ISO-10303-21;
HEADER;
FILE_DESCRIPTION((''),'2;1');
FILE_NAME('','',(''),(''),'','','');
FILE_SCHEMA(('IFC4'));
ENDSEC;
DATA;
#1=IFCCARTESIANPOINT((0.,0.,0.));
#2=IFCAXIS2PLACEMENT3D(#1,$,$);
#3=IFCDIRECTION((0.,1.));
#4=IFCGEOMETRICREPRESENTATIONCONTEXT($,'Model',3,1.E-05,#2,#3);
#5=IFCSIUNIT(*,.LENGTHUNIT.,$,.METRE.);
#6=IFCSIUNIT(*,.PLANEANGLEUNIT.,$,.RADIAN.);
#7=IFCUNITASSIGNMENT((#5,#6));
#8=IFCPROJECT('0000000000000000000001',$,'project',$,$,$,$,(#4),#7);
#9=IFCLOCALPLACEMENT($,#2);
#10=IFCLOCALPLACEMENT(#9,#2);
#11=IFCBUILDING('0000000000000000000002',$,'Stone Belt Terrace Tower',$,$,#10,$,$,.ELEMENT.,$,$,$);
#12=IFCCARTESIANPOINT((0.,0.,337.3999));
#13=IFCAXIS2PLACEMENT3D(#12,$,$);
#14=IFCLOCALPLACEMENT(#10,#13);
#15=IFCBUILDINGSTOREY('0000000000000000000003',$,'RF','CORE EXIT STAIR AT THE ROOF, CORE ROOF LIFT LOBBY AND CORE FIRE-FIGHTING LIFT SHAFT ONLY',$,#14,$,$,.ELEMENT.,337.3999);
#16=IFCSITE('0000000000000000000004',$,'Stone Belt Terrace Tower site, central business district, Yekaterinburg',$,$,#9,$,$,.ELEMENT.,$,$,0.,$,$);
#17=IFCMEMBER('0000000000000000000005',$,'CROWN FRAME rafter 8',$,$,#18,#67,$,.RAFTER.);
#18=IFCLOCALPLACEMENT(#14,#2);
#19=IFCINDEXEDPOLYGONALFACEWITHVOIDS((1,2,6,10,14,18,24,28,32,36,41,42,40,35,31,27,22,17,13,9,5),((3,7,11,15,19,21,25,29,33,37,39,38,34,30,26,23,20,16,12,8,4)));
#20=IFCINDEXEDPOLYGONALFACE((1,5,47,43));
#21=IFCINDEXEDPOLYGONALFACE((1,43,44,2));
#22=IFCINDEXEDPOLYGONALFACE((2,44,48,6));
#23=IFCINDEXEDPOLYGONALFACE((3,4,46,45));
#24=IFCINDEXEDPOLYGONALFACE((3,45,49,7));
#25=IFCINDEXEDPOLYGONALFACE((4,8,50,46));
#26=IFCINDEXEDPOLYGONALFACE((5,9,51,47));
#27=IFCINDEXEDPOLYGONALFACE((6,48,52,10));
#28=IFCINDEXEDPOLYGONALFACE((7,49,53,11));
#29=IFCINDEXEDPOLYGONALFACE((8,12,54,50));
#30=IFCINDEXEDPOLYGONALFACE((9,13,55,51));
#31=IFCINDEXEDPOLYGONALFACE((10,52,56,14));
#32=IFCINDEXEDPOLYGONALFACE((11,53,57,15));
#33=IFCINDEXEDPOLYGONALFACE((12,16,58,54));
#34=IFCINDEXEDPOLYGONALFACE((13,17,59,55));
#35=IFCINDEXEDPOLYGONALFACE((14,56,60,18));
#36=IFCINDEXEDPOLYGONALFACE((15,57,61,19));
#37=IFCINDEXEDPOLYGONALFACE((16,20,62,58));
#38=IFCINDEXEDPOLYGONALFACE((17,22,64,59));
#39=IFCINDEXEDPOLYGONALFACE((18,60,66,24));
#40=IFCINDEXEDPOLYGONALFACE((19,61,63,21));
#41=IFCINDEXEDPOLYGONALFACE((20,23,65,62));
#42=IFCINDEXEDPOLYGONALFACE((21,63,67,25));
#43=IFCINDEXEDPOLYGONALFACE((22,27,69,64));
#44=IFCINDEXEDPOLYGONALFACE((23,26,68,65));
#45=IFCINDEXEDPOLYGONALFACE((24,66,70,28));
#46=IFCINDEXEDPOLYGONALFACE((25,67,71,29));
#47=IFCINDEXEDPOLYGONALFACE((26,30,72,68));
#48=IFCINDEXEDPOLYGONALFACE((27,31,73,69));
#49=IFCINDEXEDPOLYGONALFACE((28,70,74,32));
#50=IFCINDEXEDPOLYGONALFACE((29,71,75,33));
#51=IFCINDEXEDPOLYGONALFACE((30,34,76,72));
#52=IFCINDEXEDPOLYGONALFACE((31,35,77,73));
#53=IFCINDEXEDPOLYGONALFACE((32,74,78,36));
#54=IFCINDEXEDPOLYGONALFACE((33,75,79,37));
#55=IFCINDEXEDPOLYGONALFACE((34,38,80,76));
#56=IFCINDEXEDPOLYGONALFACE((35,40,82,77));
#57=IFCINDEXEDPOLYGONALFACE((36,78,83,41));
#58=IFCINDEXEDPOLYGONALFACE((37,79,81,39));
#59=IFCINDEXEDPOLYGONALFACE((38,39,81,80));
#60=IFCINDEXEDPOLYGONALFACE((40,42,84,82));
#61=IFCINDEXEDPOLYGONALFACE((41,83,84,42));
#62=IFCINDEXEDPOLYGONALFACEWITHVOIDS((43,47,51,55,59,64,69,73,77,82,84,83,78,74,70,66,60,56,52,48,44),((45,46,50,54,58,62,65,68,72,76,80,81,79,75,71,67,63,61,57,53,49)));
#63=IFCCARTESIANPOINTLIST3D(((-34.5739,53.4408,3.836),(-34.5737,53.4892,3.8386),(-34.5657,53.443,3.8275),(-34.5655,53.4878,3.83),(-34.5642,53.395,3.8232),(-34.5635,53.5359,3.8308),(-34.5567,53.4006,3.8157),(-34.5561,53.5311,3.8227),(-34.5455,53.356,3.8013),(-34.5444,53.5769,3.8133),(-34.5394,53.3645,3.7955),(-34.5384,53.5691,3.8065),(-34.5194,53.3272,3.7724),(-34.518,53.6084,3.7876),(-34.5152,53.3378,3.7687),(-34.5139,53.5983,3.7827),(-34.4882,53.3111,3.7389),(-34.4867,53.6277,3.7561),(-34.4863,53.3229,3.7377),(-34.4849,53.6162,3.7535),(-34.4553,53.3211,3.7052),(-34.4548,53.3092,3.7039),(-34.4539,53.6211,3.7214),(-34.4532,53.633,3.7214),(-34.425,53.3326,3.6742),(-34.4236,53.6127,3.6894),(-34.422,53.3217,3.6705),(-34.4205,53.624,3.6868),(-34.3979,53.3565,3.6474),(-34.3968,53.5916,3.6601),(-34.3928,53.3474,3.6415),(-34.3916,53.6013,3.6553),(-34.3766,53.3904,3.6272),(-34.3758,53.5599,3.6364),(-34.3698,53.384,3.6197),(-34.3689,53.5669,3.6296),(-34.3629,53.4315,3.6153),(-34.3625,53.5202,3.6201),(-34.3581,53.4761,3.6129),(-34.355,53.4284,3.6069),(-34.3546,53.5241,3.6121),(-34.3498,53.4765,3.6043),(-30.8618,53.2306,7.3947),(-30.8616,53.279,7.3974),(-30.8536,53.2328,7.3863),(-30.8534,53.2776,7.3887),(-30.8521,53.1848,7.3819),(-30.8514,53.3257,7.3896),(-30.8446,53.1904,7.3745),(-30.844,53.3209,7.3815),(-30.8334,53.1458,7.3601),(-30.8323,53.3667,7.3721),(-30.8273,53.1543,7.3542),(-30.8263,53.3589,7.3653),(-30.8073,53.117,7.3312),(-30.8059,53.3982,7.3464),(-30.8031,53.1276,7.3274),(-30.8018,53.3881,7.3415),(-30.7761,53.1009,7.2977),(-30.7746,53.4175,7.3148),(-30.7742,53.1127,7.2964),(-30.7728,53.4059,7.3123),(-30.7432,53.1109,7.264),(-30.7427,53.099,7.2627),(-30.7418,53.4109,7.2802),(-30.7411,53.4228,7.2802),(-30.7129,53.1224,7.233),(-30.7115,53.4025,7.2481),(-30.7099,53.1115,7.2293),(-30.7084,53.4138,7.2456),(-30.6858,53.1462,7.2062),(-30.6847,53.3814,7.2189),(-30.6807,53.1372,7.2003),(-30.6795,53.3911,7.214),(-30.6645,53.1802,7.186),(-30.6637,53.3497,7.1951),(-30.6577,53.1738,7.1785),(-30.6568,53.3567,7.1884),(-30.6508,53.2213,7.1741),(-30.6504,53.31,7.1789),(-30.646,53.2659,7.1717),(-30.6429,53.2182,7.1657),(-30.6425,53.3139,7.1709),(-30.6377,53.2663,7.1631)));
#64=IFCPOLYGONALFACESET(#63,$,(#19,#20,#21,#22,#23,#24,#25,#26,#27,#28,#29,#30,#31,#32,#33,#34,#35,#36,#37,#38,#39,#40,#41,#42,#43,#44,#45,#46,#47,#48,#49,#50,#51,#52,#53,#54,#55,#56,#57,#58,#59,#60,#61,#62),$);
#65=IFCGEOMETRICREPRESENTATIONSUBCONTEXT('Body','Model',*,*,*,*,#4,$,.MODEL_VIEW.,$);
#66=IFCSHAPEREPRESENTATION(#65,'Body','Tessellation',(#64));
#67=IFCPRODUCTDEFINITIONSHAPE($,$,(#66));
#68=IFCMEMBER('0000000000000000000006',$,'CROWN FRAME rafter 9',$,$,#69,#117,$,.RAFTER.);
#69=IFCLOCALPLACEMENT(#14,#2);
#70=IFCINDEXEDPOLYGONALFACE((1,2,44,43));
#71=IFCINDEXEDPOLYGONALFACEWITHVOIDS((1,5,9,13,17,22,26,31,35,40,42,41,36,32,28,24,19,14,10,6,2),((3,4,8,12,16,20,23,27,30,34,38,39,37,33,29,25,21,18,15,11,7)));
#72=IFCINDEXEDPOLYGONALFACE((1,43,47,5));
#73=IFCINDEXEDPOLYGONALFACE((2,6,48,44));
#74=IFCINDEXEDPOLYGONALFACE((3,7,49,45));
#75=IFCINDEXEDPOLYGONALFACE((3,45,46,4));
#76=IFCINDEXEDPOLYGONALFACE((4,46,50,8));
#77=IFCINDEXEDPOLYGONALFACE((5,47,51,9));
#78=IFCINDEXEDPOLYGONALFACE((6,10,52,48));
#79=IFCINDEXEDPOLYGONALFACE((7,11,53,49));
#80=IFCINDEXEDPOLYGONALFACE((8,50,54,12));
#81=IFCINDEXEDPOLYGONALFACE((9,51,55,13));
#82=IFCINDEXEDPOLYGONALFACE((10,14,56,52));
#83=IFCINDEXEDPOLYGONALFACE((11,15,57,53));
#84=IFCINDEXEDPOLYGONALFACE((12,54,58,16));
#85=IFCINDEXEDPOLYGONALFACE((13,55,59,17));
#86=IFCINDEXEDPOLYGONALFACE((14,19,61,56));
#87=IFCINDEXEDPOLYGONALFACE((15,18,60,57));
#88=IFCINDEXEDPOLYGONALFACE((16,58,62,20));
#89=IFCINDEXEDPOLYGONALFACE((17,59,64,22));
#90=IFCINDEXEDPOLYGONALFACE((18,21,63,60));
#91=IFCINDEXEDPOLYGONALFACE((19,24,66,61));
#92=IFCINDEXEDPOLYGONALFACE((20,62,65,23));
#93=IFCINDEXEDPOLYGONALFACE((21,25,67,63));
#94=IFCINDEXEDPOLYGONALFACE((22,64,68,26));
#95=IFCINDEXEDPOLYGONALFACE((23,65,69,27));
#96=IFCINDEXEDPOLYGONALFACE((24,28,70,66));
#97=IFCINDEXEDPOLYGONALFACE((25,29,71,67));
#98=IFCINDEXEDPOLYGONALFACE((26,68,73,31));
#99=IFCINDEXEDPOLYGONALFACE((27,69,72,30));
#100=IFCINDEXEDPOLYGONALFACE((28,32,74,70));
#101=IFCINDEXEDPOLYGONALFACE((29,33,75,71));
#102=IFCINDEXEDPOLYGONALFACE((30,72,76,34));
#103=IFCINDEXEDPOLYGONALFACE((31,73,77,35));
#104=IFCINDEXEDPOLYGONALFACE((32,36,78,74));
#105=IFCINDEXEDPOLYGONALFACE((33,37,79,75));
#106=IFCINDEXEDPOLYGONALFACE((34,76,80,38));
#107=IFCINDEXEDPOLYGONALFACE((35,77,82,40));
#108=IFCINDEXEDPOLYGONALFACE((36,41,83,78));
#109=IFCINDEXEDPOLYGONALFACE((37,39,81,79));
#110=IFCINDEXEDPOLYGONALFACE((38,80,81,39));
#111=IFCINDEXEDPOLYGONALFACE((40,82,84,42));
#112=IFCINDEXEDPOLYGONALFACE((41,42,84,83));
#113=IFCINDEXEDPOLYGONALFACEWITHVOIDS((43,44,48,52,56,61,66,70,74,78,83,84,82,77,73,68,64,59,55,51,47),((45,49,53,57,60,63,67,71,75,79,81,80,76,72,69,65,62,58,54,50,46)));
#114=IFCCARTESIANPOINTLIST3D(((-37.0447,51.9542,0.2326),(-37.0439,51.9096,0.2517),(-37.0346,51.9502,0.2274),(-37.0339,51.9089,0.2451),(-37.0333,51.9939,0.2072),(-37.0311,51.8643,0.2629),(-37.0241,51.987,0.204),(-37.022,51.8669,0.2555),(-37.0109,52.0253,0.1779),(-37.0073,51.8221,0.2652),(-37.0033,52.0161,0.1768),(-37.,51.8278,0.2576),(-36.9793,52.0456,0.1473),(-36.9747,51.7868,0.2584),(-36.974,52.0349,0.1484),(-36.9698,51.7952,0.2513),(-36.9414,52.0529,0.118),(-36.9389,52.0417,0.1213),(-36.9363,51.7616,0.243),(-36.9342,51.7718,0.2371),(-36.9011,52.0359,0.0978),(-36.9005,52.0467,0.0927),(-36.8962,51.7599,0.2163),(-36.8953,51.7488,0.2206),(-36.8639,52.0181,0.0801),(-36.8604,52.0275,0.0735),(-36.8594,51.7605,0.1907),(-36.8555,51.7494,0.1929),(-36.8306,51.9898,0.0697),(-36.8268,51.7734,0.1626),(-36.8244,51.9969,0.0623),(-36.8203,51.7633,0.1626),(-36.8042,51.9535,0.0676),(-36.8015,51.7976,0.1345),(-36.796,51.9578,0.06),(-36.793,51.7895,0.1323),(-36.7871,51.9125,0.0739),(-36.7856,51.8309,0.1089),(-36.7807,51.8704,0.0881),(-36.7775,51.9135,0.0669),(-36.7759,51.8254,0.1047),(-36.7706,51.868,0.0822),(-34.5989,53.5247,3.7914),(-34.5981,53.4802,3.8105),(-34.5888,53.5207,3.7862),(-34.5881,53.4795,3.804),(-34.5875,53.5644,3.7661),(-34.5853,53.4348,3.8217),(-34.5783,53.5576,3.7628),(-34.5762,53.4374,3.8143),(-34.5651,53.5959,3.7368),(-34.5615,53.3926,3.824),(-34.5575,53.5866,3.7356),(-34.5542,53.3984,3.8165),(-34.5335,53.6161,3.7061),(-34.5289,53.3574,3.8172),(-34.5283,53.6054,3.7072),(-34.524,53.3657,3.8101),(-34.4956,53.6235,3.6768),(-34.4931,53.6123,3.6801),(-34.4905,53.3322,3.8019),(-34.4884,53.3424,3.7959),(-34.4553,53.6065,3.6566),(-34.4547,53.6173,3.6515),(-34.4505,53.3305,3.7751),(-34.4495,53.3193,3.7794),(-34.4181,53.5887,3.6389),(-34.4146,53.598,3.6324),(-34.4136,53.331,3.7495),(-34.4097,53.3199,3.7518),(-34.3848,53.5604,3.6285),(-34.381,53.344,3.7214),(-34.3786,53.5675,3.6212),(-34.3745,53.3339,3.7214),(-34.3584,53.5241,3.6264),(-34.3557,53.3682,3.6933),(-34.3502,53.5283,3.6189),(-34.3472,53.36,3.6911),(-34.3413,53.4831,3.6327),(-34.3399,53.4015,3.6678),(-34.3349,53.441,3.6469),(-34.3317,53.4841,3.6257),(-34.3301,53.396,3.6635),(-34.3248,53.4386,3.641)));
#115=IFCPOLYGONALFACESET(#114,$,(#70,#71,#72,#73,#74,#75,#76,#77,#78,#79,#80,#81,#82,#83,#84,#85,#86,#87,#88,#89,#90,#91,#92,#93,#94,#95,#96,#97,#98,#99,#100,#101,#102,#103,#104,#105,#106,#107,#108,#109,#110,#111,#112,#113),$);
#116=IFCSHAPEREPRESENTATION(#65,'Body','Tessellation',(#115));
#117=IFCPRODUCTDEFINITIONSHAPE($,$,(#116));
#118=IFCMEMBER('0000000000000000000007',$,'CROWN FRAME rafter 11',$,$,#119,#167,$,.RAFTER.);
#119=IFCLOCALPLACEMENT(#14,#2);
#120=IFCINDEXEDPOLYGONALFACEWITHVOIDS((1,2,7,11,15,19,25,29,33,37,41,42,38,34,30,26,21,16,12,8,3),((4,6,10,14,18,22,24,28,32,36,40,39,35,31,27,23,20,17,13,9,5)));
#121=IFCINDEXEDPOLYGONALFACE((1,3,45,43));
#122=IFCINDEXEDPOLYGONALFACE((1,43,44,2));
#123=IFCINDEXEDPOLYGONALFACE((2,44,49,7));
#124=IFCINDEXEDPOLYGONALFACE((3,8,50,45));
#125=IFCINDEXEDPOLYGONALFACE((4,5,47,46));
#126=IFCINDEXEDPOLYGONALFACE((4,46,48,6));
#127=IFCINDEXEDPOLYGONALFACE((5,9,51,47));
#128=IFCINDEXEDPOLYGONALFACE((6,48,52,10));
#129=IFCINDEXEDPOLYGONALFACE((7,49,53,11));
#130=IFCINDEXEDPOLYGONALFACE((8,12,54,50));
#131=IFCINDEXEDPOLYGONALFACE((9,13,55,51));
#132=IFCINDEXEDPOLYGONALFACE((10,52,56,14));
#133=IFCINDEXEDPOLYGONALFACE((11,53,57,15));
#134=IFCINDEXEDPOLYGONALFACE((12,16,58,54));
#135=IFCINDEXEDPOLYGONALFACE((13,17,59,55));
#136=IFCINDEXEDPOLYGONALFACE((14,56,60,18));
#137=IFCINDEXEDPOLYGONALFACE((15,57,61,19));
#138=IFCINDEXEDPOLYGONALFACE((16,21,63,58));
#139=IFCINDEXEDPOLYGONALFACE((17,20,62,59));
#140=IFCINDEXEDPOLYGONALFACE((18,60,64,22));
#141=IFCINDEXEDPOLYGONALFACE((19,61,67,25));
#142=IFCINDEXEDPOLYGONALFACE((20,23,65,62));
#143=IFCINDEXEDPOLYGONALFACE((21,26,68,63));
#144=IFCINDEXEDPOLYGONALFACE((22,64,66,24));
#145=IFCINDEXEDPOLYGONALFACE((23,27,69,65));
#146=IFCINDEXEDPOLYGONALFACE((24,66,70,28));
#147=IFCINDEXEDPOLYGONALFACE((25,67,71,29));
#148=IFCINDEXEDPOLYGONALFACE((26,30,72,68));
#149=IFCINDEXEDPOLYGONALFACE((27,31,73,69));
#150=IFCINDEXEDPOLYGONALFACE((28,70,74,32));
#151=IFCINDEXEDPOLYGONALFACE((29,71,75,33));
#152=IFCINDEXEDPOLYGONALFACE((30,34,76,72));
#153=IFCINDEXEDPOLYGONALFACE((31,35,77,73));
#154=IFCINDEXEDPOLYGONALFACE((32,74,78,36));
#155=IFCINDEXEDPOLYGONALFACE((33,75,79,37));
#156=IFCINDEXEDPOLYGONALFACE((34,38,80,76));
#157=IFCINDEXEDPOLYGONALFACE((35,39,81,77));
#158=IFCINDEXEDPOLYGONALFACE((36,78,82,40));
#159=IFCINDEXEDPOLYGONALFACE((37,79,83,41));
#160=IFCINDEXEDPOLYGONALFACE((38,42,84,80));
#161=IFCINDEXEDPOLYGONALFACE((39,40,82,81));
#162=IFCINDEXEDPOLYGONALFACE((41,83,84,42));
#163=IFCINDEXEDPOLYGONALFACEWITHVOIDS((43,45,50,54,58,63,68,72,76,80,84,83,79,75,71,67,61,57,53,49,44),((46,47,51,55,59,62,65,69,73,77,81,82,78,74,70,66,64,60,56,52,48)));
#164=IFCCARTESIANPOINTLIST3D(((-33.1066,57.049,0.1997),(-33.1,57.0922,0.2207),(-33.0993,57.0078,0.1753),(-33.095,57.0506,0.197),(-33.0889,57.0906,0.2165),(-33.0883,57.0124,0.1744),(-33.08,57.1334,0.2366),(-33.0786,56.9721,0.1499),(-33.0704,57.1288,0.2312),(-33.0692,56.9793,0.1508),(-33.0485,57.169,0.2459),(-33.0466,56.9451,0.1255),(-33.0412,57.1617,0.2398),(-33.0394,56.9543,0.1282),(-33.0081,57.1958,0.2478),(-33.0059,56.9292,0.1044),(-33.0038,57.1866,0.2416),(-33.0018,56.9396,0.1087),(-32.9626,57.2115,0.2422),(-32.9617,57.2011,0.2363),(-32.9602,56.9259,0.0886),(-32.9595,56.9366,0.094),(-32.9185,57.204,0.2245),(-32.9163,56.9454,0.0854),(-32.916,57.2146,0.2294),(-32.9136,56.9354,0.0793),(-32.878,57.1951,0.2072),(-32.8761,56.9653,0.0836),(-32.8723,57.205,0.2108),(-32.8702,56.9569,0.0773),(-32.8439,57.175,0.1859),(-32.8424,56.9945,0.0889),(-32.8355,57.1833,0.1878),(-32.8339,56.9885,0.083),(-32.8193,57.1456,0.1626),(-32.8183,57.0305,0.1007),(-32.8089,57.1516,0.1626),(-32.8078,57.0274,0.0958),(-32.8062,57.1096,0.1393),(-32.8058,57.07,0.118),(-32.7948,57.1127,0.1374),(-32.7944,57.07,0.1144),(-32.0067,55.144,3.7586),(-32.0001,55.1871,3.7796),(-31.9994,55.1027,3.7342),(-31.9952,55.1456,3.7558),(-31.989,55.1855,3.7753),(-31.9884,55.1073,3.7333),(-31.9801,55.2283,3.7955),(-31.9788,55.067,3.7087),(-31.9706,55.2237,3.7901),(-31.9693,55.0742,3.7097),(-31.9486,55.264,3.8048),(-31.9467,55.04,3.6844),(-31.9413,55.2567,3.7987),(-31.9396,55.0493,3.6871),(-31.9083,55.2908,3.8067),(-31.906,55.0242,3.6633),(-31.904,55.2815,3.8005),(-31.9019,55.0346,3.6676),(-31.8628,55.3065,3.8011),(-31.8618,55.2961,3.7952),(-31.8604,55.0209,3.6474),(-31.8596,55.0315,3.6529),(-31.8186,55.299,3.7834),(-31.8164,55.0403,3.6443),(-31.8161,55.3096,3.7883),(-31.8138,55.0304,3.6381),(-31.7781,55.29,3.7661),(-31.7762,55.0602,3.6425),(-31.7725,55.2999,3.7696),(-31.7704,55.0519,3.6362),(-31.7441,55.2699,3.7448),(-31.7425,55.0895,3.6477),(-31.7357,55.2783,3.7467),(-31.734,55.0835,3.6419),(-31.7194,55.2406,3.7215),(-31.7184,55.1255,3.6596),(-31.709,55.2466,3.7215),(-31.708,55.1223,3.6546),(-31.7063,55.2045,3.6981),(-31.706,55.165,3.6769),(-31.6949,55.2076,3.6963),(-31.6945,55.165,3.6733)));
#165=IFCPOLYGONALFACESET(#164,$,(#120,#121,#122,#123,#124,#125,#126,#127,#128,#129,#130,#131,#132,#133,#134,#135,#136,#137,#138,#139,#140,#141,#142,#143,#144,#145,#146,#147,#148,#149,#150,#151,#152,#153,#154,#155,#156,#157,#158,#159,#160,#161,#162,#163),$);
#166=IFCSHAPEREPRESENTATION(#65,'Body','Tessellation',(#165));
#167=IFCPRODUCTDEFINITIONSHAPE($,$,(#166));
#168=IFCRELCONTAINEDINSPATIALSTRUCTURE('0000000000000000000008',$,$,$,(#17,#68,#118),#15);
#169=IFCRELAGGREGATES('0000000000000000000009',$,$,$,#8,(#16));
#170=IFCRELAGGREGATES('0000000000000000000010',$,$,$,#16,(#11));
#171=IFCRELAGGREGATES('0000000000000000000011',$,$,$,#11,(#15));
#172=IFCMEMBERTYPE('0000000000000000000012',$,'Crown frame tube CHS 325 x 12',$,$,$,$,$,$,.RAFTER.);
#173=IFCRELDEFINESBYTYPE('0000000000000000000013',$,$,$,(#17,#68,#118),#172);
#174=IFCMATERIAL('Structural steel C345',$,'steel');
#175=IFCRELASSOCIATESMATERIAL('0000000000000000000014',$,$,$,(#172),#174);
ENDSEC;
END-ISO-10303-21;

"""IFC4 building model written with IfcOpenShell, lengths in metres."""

from ifc_helpers import new_model, si_unit, direction, frame, origin, origin_2d, place, context, subcontext, project, spatial, hollow_circle, extrude, material, material_profile, profile_set, type_object, element, save


model = new_model("IFC4")

# Units and contexts
model_context = context("Model", 3, precision=1e-05, world=origin(), true_north=direction((0.0, 1.0)))
body_context = subcontext(model_context, "Body", "Model", "MODEL_VIEW")
ifc_project = project(units=[si_unit("LENGTHUNIT", "METRE"), si_unit("PLANEANGLEUNIT", "RADIAN")], contexts=[model_context])

# Site, building, storey
site_placement = place(None, origin())
site = spatial("IfcSite", under=ifc_project, at=site_placement, Name="Stone Belt Terrace Tower site, central business district, Yekaterinburg", CompositionType="ELEMENT", RefElevation=0.0)
building_placement = place(site_placement, origin())
building = spatial("IfcBuilding", under=site, at=building_placement, Name="Stone Belt Terrace Tower", CompositionType="ELEMENT")
storey_placement = place(building_placement, frame((0.0, 0.0, 337.3999)))
storey = spatial("IfcBuildingStorey", under=building, at=storey_placement, Name="RF", Description="CORE EXIT STAIR AT THE ROOF, CORE ROOF LIFT LOBBY AND CORE FIRE-FIGHTING LIFT SHAFT ONLY", CompositionType="ELEMENT", Elevation=337.3999)

# Members
ifc_material_1 = material(Name="Structural steel C345", Category="steel")
ifc_material_profile_1 = material_profile(ifc_material_1, hollow_circle(Radius=0.1626, WallThickness=0.012, at=origin_2d()), Name="Structural steel C345 CHS 325x12")
ifc_profile_set_1 = profile_set([ifc_material_profile_1], Name="Structural steel C345")
member_type_1 = type_object("IfcMemberType", Name="Crown frame tube CHS 325 x 12", PredefinedType="RAFTER", material=ifc_profile_set_1)
member_1_placement = place(storey_placement, frame((-34.4624, 53.4707, 3.7214), z_axis=(0.721254, -0.040842, 0.691465), x_axis=(0.056536, 0.998401, 0.0)))
element("IfcMember", 1, at=member_1_placement, inside=storey, type_object=member_type_1, Name="CROWN FRAME rafter 8", PredefinedType="RAFTER", context=body_context, shape_type="SweptSolid", body=[
    extrude(hollow_circle(Radius=0.1626, WallThickness=0.012, at=origin_2d()), origin(), (0.0, 0.0, 1.0), 5.1467),
])
member_2_placement = place(storey_placement, frame((-34.4624, 53.4707, 3.7214), z_axis=(-0.532276, -0.341798, -0.774504), x_axis=(0.540333, -0.841451, 0.0)))
element("IfcMember", 2, at=member_2_placement, inside=storey, type_object=member_type_1, Name="CROWN FRAME rafter 9", PredefinedType="RAFTER", context=body_context, shape_type="SweptSolid", body=[
    extrude(hollow_circle(Radius=0.1626, WallThickness=0.012, at=origin_2d()), origin(), (0.0, 0.0, 1.0), 4.595),
])
member_3_placement = place(storey_placement, frame((-32.9497, 57.0703, 0.1626), z_axis=(0.262884, -0.455335, 0.850624), x_axis=(0.866028, 0.499995, 0.0)))
element("IfcMember", 3, at=member_3_placement, inside=storey, type_object=member_type_1, Name="CROWN FRAME rafter 11", PredefinedType="RAFTER", context=body_context, shape_type="SweptSolid", body=[
    extrude(hollow_circle(Radius=0.1626, WallThickness=0.012, at=origin_2d()), origin(), (0.0, 0.0, 1.0), 4.1838),
])

save(model, "model.ifc")
